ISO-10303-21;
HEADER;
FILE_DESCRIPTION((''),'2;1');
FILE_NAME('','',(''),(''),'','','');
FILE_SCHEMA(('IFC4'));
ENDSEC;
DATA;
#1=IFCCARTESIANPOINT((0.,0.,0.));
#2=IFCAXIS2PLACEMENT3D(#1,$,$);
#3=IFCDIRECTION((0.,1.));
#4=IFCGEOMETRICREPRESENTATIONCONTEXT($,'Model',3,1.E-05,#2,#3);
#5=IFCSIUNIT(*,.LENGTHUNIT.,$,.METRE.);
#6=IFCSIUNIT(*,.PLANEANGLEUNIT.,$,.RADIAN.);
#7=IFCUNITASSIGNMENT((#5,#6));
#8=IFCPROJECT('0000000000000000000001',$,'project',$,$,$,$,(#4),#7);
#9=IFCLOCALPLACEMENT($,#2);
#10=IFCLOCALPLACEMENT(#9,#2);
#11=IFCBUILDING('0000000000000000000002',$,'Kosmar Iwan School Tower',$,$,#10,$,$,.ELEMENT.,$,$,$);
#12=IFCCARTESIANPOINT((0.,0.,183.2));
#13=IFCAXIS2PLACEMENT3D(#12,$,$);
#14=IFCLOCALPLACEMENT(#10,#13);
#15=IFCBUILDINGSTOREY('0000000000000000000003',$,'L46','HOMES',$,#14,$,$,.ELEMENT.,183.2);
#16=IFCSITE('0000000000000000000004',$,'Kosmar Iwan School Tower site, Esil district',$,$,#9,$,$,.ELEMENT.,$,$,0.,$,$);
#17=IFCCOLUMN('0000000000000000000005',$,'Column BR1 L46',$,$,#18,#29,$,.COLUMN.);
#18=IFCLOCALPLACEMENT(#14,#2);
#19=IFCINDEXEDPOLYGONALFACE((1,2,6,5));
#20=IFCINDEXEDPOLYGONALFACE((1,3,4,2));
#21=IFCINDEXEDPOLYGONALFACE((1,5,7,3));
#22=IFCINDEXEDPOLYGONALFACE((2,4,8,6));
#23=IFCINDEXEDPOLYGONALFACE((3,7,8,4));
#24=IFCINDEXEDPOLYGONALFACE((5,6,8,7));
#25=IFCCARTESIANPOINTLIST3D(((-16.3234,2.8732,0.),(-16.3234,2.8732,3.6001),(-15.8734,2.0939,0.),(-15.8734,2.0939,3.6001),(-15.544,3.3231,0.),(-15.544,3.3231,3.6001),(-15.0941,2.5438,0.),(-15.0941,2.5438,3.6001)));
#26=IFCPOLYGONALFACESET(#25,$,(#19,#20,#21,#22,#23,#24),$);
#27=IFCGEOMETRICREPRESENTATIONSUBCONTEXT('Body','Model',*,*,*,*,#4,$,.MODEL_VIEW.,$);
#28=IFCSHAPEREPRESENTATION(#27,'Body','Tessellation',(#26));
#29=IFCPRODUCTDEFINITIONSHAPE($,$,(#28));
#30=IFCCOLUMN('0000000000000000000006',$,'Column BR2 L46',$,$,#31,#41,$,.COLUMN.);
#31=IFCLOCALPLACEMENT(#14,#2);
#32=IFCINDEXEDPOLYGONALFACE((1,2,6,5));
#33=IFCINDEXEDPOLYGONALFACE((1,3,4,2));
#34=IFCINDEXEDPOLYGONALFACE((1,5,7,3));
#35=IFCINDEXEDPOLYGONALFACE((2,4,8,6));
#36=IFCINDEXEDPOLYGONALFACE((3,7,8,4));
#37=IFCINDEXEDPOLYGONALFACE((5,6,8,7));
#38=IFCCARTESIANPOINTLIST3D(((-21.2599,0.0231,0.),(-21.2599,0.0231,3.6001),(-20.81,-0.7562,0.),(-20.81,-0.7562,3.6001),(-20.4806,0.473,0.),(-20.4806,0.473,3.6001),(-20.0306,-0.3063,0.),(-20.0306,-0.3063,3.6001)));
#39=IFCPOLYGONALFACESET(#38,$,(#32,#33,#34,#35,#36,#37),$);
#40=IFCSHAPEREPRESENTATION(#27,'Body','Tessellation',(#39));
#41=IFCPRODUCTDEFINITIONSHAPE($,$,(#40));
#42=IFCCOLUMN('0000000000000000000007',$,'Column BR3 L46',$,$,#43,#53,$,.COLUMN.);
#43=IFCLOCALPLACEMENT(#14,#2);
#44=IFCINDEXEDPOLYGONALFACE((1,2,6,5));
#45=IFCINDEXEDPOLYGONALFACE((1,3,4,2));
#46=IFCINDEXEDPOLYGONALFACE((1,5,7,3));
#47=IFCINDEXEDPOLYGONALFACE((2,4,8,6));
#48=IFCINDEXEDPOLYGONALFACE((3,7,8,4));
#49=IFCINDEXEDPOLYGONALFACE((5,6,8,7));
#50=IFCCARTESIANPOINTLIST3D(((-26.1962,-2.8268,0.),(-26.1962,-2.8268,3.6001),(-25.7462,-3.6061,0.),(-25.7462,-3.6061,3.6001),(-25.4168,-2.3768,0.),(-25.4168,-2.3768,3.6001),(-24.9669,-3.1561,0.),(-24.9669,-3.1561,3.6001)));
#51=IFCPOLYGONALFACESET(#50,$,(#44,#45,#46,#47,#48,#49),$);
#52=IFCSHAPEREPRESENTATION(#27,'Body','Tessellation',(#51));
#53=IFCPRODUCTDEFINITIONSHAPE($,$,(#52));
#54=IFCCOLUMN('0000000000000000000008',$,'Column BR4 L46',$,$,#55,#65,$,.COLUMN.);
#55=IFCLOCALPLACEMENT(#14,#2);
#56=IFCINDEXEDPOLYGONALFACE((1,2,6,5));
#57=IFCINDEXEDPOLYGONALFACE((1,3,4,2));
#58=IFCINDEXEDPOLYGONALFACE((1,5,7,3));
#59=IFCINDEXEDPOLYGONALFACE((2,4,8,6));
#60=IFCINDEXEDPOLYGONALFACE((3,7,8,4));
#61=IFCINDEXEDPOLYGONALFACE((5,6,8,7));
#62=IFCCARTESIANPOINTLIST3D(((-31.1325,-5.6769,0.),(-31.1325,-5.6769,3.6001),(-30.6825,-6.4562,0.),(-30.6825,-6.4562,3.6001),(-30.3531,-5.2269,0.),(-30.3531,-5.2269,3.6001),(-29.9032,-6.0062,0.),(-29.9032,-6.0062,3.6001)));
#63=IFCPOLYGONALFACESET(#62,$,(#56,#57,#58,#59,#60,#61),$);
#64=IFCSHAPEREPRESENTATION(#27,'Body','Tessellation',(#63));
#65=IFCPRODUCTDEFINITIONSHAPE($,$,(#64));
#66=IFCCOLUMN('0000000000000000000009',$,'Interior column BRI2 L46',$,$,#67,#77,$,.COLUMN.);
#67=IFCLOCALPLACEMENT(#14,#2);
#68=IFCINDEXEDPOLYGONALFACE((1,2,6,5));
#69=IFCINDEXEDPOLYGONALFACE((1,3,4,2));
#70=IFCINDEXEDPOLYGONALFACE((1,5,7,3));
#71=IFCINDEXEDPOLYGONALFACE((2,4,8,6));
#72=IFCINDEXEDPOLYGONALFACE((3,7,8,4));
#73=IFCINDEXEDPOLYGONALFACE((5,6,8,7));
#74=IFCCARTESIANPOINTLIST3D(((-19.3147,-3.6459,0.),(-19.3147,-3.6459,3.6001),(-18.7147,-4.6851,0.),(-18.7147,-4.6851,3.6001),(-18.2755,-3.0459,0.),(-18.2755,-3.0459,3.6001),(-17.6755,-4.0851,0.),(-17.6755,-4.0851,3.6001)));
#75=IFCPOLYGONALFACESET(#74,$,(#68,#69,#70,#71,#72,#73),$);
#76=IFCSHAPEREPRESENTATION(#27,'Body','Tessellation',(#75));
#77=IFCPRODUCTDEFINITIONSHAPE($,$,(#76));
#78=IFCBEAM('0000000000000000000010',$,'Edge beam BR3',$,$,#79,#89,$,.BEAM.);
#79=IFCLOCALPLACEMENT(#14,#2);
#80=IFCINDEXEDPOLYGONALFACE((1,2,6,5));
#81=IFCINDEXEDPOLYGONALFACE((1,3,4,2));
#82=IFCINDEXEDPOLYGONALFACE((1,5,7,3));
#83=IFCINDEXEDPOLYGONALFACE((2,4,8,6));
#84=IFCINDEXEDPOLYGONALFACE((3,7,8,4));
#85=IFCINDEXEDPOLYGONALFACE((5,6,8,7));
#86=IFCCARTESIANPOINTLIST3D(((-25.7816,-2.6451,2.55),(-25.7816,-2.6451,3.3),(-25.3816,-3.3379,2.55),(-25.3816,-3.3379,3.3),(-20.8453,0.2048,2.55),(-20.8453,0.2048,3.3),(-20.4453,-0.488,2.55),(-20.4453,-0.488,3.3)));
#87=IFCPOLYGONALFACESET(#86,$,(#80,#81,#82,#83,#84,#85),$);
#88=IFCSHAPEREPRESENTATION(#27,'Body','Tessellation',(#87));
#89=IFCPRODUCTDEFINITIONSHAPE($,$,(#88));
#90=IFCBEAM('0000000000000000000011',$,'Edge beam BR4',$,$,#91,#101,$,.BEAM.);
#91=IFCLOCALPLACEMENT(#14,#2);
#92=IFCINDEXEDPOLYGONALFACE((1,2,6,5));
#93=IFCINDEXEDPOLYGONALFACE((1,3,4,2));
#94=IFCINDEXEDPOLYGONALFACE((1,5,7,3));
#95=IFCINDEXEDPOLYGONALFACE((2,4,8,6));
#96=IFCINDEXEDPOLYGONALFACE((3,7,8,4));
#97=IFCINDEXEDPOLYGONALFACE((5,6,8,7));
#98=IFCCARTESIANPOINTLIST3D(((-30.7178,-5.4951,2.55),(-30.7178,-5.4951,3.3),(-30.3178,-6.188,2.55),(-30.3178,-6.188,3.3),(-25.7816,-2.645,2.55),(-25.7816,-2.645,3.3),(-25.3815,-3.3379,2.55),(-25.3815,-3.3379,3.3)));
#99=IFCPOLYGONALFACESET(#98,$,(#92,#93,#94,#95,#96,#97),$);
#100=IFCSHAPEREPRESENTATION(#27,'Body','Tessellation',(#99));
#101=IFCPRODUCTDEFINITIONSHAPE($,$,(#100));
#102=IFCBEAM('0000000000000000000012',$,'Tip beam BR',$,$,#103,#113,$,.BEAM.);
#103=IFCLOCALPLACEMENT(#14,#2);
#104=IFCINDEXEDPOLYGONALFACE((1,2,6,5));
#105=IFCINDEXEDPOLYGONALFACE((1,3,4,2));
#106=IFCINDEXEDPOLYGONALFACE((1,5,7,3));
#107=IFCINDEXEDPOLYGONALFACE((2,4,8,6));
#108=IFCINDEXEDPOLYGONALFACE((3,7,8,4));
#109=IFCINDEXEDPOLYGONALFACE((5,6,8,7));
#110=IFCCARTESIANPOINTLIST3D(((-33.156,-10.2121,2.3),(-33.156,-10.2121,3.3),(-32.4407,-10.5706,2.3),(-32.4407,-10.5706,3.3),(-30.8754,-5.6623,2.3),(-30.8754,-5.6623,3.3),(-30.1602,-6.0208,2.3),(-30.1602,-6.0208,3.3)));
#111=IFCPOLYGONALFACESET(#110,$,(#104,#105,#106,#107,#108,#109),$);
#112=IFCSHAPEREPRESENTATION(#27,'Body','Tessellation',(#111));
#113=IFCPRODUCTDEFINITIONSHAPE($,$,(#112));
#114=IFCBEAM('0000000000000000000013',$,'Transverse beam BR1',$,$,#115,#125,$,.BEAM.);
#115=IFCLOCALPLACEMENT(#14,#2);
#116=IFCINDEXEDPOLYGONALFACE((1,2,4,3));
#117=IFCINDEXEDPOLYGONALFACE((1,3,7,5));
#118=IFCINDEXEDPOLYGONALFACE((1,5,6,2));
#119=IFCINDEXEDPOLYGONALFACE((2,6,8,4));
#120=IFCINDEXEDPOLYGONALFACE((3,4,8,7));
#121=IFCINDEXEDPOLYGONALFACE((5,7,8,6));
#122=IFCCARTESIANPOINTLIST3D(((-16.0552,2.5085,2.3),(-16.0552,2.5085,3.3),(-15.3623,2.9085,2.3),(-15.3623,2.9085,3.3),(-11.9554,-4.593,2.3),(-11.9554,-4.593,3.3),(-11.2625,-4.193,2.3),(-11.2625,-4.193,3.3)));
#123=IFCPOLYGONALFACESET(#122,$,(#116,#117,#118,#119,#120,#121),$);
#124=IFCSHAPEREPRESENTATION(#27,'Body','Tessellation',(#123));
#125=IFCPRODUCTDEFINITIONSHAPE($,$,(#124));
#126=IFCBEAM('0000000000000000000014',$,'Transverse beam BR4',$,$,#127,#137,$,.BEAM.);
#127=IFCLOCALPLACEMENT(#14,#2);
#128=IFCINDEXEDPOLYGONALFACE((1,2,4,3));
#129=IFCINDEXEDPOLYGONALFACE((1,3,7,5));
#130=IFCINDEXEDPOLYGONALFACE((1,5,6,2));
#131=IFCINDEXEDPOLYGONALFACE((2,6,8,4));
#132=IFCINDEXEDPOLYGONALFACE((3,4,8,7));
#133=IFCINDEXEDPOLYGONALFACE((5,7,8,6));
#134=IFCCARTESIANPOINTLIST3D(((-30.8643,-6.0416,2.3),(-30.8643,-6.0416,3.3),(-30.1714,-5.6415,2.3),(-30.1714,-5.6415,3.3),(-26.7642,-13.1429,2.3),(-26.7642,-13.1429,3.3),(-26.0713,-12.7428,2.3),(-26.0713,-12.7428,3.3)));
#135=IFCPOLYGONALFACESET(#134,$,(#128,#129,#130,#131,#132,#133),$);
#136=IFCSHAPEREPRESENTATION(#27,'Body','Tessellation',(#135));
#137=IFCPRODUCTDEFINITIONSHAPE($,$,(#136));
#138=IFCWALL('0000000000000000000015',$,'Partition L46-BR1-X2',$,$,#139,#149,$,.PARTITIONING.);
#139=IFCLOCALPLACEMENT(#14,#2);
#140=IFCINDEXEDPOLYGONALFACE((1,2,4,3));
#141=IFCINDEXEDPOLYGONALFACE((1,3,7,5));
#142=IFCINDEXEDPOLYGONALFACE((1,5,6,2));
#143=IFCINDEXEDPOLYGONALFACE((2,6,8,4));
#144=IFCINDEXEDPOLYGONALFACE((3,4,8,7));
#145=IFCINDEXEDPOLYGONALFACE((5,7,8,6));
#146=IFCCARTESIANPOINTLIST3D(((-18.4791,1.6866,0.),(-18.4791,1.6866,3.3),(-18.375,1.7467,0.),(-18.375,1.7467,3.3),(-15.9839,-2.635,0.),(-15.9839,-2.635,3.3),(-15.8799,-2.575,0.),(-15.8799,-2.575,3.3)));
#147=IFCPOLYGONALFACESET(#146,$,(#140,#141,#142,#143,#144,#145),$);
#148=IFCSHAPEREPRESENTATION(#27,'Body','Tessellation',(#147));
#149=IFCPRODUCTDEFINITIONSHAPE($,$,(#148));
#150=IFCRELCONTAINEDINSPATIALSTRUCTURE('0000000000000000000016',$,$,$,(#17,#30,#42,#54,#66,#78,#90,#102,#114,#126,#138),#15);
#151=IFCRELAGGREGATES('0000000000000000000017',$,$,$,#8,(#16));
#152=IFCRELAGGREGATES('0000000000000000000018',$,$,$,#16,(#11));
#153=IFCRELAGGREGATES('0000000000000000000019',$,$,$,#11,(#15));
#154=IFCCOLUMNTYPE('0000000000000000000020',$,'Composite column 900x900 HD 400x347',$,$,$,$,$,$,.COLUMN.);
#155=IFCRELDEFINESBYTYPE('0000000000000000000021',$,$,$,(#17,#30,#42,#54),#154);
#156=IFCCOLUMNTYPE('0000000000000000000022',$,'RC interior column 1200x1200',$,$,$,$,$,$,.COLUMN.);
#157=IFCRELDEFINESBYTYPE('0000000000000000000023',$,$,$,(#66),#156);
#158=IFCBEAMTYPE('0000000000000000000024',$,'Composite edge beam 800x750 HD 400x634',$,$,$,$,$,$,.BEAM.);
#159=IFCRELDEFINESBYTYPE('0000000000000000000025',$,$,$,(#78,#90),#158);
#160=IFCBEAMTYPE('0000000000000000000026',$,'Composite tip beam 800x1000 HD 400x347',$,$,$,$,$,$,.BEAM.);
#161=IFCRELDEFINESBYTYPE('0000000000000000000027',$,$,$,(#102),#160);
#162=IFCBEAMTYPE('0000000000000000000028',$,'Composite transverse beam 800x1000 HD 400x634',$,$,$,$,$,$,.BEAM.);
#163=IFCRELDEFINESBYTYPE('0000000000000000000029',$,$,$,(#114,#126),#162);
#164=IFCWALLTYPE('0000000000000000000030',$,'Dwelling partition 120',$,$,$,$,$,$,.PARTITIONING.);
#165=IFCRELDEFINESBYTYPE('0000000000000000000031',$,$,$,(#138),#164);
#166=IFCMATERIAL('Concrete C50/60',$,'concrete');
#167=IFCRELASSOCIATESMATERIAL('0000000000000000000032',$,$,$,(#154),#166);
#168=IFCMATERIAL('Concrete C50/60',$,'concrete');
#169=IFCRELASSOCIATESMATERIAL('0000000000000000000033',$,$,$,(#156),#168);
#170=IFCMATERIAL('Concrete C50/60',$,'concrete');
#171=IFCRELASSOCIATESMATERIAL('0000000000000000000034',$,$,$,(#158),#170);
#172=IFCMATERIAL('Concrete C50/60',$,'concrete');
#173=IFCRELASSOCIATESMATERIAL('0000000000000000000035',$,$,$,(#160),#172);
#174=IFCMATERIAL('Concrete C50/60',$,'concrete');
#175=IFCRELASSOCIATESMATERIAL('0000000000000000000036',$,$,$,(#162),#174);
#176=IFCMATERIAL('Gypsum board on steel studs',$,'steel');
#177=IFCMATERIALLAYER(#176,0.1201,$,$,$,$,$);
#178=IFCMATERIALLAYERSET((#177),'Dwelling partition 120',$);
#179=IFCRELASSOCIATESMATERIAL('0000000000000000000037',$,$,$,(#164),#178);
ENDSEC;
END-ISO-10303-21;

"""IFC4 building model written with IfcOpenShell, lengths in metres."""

from ifc_helpers import new_model, si_unit, direction, frame, frame_2d, origin, origin_2d, place, context, subcontext, project, spatial, rectangle, extrude, material, layer, layer_set, material_profile, profile_set, type_object, element, save


model = new_model("IFC4")

# Units and contexts
model_context = context("Model", 3, precision=1e-05, world=origin(), true_north=direction((0.0, 1.0)))
body_context = subcontext(model_context, "Body", "Model", "MODEL_VIEW")
ifc_project = project(units=[si_unit("LENGTHUNIT", "METRE"), si_unit("PLANEANGLEUNIT", "RADIAN")], contexts=[model_context])

# Site, building, storey
site_placement = place(None, origin())
site = spatial("IfcSite", under=ifc_project, at=site_placement, Name="Kosmar Iwan School Tower site, Esil district", CompositionType="ELEMENT", RefElevation=0.0)
building_placement = place(site_placement, origin())
building = spatial("IfcBuilding", under=site, at=building_placement, Name="Kosmar Iwan School Tower", CompositionType="ELEMENT")
storey_placement = place(building_placement, frame((0.0, 0.0, 183.2)))
storey = spatial("IfcBuildingStorey", under=building, at=storey_placement, Name="L46", Description="HOMES", CompositionType="ELEMENT", Elevation=183.2)

# Columns
ifc_material_1 = material(Name="Concrete C50/60", Category="concrete")
ifc_material_profile_1 = material_profile(ifc_material_1, rectangle(XDim=0.8999, YDim=0.8999, at=origin_2d()), Name="RC 900x900 + HD 400x347")
ifc_profile_set_1 = profile_set([ifc_material_profile_1], Name="Concrete C50/60")
column_type_1 = type_object("IfcColumnType", Name="Composite column 900x900 HD 400x347", PredefinedType="COLUMN", material=ifc_profile_set_1)
for number, where, z_axis, x_axis, name in (
    (1, (-15.7087, 2.7085, 0.0), (0.0, 0.0, 1.0), (-0.866025, -0.5, 0.0), "Column BR1 L46"),
    (2, (-20.6453, -0.1416, 0.0), (0.0, 0.0, 1.0), (-0.866025, -0.5, 0.0), "Column BR2 L46"),
    (3, (-25.5815, -2.9915, 0.0), (0.0, 0.0, 1.0), (-0.866025, -0.5, 0.0), "Column BR3 L46"),
    (4, (-30.5178, -5.8416, 0.0), (0.0, 0.0, 1.0), (-0.866025, -0.5, 0.0), "Column BR4 L46"),
):
    element("IfcColumn", number, at=place(storey_placement, frame(where, z_axis=z_axis, x_axis=x_axis)), inside=storey, type_object=column_type_1, Name=name, PredefinedType="COLUMN", context=body_context, shape_type="SweptSolid", body=[
        extrude(rectangle(XDim=0.8999, YDim=0.8999, at=origin_2d()), origin(), (0.0, 0.0, 1.0), 3.6001),
    ])
ifc_material_2 = material(Name="Concrete C50/60", Category="concrete")
ifc_material_profile_2 = material_profile(ifc_material_2, rectangle(XDim=1.2, YDim=1.2, at=origin_2d()), Name="RC 1200x1200")
ifc_profile_set_2 = profile_set([ifc_material_profile_2], Name="Concrete C50/60")
column_type_2 = type_object("IfcColumnType", Name="RC interior column 1200x1200", PredefinedType="COLUMN", material=ifc_profile_set_2)
column_placement = place(storey_placement, frame((-18.4951, -3.8655, 0.0), z_axis=(0.0, 0.0, 1.0), x_axis=(-0.866025, -0.5, 0.0)))
element("IfcColumn", 5, at=column_placement, inside=storey, type_object=column_type_2, Name="Interior column BRI2 L46", PredefinedType="COLUMN", context=body_context, shape_type="SweptSolid", body=[
    extrude(rectangle(XDim=1.2, YDim=1.2, at=origin_2d()), origin(), (0.0, 0.0, 1.0), 3.6001),
])

# Beams
ifc_material_3 = material(Name="Concrete C50/60", Category="concrete")
ifc_material_profile_3 = material_profile(ifc_material_3, rectangle(XDim=0.8, YDim=0.75, at=origin_2d()), Name="RC 800x750 + HD 400x634")
ifc_profile_set_3 = profile_set([ifc_material_profile_3], Name="Concrete C50/60")
beam_type_1 = type_object("IfcBeamType", Name="Composite edge beam 800x750 HD 400x634", PredefinedType="BEAM", material=ifc_profile_set_3)
for number, where, z_axis, x_axis, name in (
    (6, (-20.6453, -0.1416, 2.925), (-0.866034, -0.499986, 0.0), (0.499986, -0.866034, 0.0), "Edge beam BR3"),
    (7, (-25.5815, -2.9915, 2.925), (-0.866015, -0.500018, 0.0), (0.500018, -0.866015, 0.0), "Edge beam BR4"),
):
    element("IfcBeam", number, at=place(storey_placement, frame(where, z_axis=z_axis, x_axis=x_axis)), inside=storey, type_object=beam_type_1, Name=name, PredefinedType="BEAM", context=body_context, shape_type="SweptSolid", body=[
        extrude(rectangle(XDim=0.8, YDim=0.75, at=origin_2d()), origin(), (0.0, 0.0, 1.0), 5.7),
    ])
ifc_material_4 = material(Name="Concrete C50/60", Category="concrete")
ifc_material_profile_4 = material_profile(ifc_material_4, rectangle(XDim=0.8, YDim=1.0, at=origin_2d()), Name="RC 800x1000 + HD 400x347")
ifc_profile_set_4 = profile_set([ifc_material_profile_4], Name="Concrete C50/60")
beam_type_2 = type_object("IfcBeamType", Name="Composite tip beam 800x1000 HD 400x347", PredefinedType="BEAM", material=ifc_profile_set_4)
beam_placement = place(storey_placement, frame((-30.5178, -5.8416, 2.8), z_axis=(-0.448096, -0.893985, 0.0), x_axis=(0.893985, -0.448096, 0.0)))
element("IfcBeam", 8, at=beam_placement, inside=storey, type_object=beam_type_2, Name="Tip beam BR", PredefinedType="BEAM", context=body_context, shape_type="SweptSolid", body=[
    extrude(rectangle(XDim=0.8, YDim=1.0, at=origin_2d()), origin(), (0.0, 0.0, 1.0), 5.0894),
])
ifc_material_5 = material(Name="Concrete C50/60", Category="concrete")
ifc_material_profile_5 = material_profile(ifc_material_5, rectangle(XDim=0.8, YDim=1.0, at=origin_2d()), Name="RC 800x1000 + HD 400x634")
ifc_profile_set_5 = profile_set([ifc_material_profile_5], Name="Concrete C50/60")
beam_type_3 = type_object("IfcBeamType", Name="Composite transverse beam 800x1000 HD 400x634", PredefinedType="BEAM", material=ifc_profile_set_5)
for number, where, z_axis, x_axis, name in (
    (9, (-15.7087, 2.7085, 2.8), (0.499978, -0.866038, 0.0), (0.866038, 0.499978, 0.0), "Transverse beam BR1"),
    (10, (-30.5178, -5.8416, 2.8), (0.500014, -0.866018, 0.0), (0.866018, 0.500014, 0.0), "Transverse beam BR4"),
):
    element("IfcBeam", number, at=place(storey_placement, frame(where, z_axis=z_axis, x_axis=x_axis)), inside=storey, type_object=beam_type_3, Name=name, PredefinedType="BEAM", context=body_context, shape_type="SweptSolid", body=[
        extrude(rectangle(XDim=0.8, YDim=1.0, at=origin_2d()), origin(), (0.0, 0.0, 1.0), 8.2),
    ])

# Wall
ifc_material_6 = material(Name="Gypsum board on steel studs", Category="steel")
ifc_layer = layer(ifc_material_6, 0.1201)
ifc_layer_set = layer_set([ifc_layer], Name="Dwelling partition 120")
wall_type = type_object("IfcWallType", Name="Dwelling partition 120", PredefinedType="PARTITIONING", material=ifc_layer_set)
wall_1_placement = place(storey_placement, frame((-15.9319, -2.605, 0.0), z_axis=(0.0, 0.0, 1.0), x_axis=(-0.500012, 0.866019, 0.0)))
element("IfcWall", 11, at=wall_1_placement, inside=storey, type_object=wall_type, Name="Partition L46-BR1-X2", PredefinedType="PARTITIONING", context=body_context, shape_type="SweptSolid", body=[
    extrude(rectangle(XDim=4.9902, YDim=0.1201, at=frame_2d((2.4951, 0.0))), origin(), (0.0, 0.0, 1.0), 3.3),
])

save(model, "model.ifc")
